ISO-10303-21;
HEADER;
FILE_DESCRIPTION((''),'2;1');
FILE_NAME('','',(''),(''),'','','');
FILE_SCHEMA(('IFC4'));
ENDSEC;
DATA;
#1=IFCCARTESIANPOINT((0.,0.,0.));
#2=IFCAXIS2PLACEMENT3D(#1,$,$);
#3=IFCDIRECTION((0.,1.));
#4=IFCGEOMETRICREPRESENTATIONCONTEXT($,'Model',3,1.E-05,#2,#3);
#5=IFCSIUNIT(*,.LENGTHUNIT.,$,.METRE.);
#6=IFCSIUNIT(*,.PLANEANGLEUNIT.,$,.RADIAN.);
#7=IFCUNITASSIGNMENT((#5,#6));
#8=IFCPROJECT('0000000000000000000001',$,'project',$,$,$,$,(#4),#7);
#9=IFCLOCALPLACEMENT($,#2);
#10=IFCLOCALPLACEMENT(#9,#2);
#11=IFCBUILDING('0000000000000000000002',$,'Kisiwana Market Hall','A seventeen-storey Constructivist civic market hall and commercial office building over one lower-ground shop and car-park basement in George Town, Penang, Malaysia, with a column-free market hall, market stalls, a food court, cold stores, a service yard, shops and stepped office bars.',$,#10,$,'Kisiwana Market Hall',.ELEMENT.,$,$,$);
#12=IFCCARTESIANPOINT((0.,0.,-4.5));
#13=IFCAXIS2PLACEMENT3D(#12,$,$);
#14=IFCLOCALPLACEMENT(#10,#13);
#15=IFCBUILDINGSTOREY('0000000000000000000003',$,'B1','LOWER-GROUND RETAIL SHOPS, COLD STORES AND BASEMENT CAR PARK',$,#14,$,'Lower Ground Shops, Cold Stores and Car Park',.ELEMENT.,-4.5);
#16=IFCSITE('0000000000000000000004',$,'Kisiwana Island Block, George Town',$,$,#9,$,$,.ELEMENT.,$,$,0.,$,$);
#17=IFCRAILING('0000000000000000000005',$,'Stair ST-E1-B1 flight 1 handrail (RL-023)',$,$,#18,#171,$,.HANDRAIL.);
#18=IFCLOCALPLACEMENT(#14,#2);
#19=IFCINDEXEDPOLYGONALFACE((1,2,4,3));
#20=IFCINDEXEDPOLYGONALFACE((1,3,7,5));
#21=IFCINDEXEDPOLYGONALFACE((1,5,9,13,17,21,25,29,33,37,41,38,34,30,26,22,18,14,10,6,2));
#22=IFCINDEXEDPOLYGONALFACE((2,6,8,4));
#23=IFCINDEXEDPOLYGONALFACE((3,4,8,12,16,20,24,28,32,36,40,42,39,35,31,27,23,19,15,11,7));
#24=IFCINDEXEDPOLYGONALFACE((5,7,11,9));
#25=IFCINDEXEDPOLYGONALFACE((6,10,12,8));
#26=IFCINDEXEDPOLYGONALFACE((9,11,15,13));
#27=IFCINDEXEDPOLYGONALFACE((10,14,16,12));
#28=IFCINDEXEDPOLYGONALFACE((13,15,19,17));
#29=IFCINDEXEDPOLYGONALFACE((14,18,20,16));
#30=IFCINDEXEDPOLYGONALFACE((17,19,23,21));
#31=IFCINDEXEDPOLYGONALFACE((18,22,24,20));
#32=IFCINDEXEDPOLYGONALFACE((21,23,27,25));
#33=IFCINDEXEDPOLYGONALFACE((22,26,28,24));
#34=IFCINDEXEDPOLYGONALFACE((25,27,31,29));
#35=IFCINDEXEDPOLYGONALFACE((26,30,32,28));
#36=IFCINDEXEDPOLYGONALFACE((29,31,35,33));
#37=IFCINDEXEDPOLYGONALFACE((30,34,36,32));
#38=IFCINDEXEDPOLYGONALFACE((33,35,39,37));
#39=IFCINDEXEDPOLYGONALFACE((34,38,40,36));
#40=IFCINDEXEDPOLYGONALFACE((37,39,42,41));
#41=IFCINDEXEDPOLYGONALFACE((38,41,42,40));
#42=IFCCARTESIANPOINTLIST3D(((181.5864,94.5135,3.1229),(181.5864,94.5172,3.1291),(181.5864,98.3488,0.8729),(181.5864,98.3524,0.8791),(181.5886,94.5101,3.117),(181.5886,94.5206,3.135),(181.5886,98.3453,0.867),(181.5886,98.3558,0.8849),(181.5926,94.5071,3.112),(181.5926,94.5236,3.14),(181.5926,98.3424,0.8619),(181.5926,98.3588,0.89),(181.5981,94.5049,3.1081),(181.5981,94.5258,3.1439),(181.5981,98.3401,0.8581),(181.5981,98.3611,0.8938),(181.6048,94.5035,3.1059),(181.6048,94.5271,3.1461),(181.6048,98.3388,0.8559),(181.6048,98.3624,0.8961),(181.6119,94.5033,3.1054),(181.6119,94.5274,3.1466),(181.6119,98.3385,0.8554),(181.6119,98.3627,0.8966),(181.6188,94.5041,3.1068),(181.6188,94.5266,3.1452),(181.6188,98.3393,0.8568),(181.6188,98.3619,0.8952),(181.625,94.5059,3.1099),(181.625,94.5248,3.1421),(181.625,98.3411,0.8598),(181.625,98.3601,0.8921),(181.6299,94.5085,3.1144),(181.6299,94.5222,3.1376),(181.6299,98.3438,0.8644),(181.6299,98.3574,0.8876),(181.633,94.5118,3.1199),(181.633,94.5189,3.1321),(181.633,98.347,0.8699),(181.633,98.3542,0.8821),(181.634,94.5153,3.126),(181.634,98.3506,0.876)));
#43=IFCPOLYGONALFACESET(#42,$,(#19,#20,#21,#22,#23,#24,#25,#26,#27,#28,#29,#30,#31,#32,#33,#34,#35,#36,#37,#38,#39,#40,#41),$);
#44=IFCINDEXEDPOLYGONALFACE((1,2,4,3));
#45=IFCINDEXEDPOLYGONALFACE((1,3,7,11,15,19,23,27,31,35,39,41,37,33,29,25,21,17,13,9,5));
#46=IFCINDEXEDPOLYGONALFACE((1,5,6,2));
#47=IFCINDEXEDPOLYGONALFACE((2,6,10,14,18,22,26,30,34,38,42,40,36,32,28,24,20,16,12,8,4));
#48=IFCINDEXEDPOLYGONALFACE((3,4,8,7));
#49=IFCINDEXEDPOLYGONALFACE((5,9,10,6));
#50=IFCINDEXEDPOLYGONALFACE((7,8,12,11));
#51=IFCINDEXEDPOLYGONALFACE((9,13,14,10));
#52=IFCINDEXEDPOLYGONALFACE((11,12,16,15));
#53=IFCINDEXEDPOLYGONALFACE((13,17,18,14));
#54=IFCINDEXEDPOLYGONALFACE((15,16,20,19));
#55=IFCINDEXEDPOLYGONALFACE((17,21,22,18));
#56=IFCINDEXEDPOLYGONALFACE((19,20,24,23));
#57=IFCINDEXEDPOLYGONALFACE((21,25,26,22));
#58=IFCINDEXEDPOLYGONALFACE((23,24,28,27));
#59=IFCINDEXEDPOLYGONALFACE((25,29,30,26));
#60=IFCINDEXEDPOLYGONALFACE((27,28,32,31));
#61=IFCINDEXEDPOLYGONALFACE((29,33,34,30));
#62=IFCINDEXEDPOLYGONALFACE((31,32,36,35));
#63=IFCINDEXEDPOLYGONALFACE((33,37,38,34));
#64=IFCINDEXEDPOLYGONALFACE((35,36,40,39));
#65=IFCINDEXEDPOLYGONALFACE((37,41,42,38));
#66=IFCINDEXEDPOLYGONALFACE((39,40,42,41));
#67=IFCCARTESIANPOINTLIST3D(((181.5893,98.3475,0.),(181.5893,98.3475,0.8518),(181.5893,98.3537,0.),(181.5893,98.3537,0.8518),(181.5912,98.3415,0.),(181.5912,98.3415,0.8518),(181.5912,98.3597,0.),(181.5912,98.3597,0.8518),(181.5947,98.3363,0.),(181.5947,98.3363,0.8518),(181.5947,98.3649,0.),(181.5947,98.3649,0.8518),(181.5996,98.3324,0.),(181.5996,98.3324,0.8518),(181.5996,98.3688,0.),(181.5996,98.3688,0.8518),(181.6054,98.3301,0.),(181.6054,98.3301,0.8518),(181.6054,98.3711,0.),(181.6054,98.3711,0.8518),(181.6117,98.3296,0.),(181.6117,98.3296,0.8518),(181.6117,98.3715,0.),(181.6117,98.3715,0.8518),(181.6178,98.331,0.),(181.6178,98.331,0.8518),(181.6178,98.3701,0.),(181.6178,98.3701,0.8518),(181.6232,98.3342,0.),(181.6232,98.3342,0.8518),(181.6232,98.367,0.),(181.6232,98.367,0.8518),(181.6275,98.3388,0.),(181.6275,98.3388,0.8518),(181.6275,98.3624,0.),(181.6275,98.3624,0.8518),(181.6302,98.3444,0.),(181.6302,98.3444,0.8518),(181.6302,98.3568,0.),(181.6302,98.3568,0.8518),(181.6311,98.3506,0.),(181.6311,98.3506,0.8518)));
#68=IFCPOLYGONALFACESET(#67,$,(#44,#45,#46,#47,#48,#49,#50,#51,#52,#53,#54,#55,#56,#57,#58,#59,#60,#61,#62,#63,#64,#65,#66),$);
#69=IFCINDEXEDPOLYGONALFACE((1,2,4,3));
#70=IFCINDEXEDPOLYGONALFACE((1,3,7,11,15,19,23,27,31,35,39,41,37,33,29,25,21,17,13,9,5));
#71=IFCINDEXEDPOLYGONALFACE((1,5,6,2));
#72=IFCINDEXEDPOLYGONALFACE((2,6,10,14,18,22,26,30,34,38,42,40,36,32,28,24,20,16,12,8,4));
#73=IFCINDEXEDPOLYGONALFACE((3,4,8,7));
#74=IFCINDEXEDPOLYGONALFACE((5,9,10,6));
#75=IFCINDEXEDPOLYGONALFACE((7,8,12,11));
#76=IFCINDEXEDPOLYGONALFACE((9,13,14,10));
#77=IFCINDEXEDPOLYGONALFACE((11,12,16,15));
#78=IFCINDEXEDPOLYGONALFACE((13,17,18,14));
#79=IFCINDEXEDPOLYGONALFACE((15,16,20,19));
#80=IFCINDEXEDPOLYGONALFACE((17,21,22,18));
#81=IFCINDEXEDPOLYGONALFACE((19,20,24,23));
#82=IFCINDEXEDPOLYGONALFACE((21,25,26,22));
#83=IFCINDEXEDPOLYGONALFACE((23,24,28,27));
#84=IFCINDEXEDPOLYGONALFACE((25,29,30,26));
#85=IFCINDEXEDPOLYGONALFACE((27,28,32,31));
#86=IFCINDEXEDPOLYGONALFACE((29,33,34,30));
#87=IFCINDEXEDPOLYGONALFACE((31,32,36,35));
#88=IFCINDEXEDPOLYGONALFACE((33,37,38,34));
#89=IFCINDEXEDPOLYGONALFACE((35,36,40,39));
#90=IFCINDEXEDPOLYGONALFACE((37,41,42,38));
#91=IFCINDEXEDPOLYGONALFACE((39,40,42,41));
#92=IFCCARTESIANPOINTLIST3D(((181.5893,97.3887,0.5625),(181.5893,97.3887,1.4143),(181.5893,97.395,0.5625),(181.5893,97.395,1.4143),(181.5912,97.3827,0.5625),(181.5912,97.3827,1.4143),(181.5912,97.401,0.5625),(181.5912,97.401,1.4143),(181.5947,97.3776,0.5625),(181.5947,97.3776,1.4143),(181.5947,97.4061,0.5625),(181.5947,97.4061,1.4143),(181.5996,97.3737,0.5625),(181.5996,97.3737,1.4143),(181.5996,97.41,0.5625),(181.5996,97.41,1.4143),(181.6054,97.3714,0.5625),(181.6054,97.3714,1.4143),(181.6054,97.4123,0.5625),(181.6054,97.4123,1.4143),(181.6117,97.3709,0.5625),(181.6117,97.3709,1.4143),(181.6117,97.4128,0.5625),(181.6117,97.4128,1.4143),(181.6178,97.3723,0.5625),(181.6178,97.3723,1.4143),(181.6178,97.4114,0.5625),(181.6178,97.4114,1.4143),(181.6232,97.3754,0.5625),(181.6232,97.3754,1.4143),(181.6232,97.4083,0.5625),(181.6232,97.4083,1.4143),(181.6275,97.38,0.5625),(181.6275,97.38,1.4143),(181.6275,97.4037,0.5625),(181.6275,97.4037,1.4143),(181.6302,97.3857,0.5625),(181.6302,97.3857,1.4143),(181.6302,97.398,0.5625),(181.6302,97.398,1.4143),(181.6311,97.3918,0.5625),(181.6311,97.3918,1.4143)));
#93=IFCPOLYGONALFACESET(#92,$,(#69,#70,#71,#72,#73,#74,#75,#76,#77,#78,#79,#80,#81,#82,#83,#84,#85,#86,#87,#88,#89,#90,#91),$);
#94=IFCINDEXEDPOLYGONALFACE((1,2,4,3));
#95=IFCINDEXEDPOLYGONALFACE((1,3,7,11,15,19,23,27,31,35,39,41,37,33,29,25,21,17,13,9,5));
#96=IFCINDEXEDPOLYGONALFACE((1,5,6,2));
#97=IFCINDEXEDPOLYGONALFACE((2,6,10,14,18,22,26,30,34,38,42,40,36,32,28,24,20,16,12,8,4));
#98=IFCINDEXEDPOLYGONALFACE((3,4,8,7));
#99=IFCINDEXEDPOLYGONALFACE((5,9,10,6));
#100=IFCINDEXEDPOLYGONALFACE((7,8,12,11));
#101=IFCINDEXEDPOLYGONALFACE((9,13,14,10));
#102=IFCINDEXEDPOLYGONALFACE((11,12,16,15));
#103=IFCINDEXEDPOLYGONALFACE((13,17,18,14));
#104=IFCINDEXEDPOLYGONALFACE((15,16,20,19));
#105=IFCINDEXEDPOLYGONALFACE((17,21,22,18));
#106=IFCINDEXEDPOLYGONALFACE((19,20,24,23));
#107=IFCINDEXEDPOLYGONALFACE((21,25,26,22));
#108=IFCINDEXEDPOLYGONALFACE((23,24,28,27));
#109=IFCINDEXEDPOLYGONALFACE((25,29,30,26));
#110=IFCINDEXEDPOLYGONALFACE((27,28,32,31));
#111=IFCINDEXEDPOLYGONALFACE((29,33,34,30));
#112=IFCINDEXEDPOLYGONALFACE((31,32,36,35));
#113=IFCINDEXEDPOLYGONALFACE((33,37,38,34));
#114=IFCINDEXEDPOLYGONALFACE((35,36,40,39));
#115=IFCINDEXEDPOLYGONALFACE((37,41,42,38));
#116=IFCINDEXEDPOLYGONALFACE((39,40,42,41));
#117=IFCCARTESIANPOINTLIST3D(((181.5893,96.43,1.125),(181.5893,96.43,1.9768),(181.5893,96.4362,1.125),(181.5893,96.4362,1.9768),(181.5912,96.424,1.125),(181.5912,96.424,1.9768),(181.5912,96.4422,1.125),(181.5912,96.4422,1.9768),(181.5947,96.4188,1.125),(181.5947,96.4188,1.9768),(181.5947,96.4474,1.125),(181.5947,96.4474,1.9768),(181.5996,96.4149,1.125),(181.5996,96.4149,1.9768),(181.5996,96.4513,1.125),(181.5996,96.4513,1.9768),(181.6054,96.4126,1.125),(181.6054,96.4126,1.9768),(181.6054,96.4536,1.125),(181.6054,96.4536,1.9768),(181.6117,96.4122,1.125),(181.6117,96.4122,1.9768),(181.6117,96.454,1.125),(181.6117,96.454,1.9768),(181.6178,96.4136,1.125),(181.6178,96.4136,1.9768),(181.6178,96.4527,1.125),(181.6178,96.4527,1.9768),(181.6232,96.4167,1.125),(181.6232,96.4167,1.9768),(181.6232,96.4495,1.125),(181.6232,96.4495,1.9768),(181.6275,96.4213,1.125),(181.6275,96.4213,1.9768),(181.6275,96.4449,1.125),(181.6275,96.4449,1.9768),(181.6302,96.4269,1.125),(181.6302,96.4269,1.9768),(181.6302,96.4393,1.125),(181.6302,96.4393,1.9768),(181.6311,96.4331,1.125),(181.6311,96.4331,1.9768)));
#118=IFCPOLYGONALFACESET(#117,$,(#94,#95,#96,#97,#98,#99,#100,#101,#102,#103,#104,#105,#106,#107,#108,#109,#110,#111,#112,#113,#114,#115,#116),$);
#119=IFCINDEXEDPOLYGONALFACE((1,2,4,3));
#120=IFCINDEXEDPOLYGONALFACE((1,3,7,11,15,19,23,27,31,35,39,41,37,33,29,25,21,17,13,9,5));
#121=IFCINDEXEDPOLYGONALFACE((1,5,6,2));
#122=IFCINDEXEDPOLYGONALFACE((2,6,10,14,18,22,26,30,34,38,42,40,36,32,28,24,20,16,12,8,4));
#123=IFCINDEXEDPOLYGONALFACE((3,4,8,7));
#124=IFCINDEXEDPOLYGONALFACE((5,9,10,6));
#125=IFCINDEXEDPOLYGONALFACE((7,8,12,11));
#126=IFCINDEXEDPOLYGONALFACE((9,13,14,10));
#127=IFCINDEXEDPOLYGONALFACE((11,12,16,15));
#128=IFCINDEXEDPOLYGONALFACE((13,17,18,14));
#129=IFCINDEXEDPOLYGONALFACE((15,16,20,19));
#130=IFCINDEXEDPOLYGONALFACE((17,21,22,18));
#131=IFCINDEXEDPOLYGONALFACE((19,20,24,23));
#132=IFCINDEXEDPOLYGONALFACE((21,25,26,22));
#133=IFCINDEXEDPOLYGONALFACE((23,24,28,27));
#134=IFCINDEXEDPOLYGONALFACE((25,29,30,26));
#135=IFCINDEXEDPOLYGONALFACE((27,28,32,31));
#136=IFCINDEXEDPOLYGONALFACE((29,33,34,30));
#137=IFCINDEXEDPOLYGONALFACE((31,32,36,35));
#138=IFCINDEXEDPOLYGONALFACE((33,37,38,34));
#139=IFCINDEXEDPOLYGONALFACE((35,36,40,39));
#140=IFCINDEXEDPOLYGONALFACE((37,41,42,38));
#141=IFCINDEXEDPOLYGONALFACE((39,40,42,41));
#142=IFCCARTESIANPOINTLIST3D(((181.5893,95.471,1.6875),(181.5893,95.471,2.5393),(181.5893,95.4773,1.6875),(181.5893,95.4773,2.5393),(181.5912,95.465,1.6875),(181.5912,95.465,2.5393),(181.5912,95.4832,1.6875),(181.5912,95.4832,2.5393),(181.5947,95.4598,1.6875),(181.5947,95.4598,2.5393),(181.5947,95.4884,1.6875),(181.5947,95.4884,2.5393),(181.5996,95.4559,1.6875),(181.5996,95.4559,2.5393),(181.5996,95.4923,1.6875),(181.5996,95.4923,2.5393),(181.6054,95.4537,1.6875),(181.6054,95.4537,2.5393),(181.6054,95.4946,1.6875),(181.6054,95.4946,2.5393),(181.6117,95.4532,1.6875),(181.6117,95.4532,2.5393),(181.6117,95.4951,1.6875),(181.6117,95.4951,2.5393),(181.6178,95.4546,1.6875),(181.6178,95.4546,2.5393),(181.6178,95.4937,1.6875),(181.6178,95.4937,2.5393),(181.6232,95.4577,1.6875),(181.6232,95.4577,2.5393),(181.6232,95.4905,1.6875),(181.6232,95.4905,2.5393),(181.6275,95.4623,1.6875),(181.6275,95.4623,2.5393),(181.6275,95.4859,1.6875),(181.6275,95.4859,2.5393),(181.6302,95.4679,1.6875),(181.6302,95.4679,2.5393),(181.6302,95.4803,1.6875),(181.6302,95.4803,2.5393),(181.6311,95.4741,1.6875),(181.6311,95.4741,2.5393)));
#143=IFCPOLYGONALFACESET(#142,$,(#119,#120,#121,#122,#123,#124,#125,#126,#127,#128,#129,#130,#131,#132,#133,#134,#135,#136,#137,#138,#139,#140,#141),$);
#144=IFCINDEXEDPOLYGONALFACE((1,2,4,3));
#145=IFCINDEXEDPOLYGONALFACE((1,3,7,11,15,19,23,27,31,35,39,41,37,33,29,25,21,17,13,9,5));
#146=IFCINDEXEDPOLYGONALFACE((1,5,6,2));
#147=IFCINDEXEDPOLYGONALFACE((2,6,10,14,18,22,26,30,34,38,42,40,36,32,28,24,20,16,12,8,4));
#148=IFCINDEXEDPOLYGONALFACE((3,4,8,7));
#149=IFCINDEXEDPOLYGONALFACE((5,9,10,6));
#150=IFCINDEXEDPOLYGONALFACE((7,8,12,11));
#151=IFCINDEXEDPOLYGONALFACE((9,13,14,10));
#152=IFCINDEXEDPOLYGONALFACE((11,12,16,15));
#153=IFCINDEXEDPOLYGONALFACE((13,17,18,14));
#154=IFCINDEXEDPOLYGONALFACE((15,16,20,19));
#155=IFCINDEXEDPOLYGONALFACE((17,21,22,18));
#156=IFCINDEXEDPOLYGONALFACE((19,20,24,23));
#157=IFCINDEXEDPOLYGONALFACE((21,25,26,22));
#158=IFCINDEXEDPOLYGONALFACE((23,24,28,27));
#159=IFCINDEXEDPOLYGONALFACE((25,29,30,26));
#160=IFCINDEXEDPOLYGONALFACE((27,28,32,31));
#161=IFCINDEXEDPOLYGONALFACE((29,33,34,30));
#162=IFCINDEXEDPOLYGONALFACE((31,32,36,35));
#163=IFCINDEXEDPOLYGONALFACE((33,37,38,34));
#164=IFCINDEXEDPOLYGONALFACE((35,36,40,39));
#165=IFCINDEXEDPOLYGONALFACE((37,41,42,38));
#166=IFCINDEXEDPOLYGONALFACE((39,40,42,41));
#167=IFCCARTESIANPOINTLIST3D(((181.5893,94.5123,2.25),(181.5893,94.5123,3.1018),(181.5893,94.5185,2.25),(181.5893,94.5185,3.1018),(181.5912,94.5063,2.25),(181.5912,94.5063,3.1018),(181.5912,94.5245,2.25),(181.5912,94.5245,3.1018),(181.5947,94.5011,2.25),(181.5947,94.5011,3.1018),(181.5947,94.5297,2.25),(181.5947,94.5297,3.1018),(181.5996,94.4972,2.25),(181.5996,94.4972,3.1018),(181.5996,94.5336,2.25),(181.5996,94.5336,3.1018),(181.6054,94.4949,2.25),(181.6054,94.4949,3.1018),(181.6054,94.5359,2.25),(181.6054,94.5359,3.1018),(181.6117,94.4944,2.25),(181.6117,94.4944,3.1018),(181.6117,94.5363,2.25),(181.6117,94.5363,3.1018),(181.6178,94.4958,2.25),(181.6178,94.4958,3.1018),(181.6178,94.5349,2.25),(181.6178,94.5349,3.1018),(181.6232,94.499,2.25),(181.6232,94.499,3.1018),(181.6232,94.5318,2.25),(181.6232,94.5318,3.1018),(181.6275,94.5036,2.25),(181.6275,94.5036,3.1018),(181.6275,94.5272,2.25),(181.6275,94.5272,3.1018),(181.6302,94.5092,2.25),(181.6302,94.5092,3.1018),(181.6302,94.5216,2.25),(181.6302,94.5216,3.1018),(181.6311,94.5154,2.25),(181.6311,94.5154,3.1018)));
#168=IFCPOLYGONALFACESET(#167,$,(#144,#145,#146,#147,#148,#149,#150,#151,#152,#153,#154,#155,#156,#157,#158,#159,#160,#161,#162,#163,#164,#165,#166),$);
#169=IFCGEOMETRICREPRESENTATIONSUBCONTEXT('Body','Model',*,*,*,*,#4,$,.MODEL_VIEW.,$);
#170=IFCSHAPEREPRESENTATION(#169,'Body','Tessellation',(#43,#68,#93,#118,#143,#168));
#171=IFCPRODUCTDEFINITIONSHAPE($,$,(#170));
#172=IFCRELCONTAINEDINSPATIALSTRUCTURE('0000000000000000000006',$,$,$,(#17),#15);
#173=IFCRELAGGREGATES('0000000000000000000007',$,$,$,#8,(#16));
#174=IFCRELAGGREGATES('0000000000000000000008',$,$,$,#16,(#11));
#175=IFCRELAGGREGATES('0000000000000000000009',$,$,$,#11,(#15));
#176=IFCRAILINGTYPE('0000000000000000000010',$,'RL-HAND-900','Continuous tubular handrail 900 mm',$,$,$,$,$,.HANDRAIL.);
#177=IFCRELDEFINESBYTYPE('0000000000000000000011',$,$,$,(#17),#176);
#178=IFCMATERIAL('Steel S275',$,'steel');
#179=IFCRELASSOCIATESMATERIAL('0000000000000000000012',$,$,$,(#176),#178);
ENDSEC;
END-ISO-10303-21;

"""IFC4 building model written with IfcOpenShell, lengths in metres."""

from ifc_helpers import new_model, si_unit, direction, frame, origin, origin_2d, place, context, subcontext, project, spatial, circle, extrude, material, type_object, element, save


model = new_model("IFC4")

# Units and contexts
model_context = context("Model", 3, precision=1e-05, world=origin(), true_north=direction((0.0, 1.0)))
body_context = subcontext(model_context, "Body", "Model", "MODEL_VIEW")
ifc_project = project(units=[si_unit("LENGTHUNIT", "METRE"), si_unit("PLANEANGLEUNIT", "RADIAN")], contexts=[model_context])

# Site, building, storey
site_placement = place(None, origin())
site = spatial("IfcSite", under=ifc_project, at=site_placement, Name="Kisiwana Island Block, George Town", CompositionType="ELEMENT", RefElevation=0.0)
building_placement = place(site_placement, origin())
building = spatial("IfcBuilding", under=site, at=building_placement, Name="Kisiwana Market Hall", Description="A seventeen-storey Constructivist civic market hall and commercial office building over one lower-ground shop and car-park basement in George Town, Penang, Malaysia, with a column-free market hall, market stalls, a food court, cold stores, a service yard, shops and stepped office bars.", LongName="Kisiwana Market Hall", CompositionType="ELEMENT")
storey_placement = place(building_placement, frame((0.0, 0.0, -4.5)))
storey = spatial("IfcBuildingStorey", under=building, at=storey_placement, Name="B1", Description="LOWER-GROUND RETAIL SHOPS, COLD STORES AND BASEMENT CAR PARK", LongName="Lower Ground Shops, Cold Stores and Car Park", CompositionType="ELEMENT", Elevation=-4.5)

# Railing
ifc_material_1 = material(Name="Steel S275", Category="steel")
railing_type_1 = type_object("IfcRailingType", Name="RL-HAND-900", Description="Continuous tubular handrail 900 mm", PredefinedType="HANDRAIL", material=ifc_material_1)
railing_1_placement = place(storey_placement, frame((181.6101, 98.3506, 0.0)))
element("IfcRailing", 1, at=railing_1_placement, inside=storey, type_object=railing_type_1, Name="Stair ST-E1-B1 flight 1 handrail (RL-023)", PredefinedType="HANDRAIL", context=body_context, shape_type="SweptSolid", body=[
    extrude(circle(Radius=0.0239, at=origin_2d()), frame((0.0, 0.0, 0.876), z_axis=(0.0, -0.862524, 0.506017), x_axis=(1.0, 0.0, 0.0)), (0.0, 0.0, 1.0), 4.4465),
    extrude(circle(Radius=0.021, at=origin_2d()), origin(), (0.0, 0.0, 1.0), 0.8518),
    extrude(circle(Radius=0.021, at=origin_2d()), frame((0.0, -0.9587, 0.5625)), (0.0, 0.0, 1.0), 0.8518),
    extrude(circle(Radius=0.021, at=origin_2d()), frame((0.0, -1.9175, 1.125)), (0.0, 0.0, 1.0), 0.8518),
    extrude(circle(Radius=0.021, at=origin_2d()), frame((0.0, -2.8765, 1.6875)), (0.0, 0.0, 1.0), 0.8518),
    extrude(circle(Radius=0.021, at=origin_2d()), frame((0.0, -3.8352, 2.25)), (0.0, 0.0, 1.0), 0.8518),
])

save(model, "model.ifc")
